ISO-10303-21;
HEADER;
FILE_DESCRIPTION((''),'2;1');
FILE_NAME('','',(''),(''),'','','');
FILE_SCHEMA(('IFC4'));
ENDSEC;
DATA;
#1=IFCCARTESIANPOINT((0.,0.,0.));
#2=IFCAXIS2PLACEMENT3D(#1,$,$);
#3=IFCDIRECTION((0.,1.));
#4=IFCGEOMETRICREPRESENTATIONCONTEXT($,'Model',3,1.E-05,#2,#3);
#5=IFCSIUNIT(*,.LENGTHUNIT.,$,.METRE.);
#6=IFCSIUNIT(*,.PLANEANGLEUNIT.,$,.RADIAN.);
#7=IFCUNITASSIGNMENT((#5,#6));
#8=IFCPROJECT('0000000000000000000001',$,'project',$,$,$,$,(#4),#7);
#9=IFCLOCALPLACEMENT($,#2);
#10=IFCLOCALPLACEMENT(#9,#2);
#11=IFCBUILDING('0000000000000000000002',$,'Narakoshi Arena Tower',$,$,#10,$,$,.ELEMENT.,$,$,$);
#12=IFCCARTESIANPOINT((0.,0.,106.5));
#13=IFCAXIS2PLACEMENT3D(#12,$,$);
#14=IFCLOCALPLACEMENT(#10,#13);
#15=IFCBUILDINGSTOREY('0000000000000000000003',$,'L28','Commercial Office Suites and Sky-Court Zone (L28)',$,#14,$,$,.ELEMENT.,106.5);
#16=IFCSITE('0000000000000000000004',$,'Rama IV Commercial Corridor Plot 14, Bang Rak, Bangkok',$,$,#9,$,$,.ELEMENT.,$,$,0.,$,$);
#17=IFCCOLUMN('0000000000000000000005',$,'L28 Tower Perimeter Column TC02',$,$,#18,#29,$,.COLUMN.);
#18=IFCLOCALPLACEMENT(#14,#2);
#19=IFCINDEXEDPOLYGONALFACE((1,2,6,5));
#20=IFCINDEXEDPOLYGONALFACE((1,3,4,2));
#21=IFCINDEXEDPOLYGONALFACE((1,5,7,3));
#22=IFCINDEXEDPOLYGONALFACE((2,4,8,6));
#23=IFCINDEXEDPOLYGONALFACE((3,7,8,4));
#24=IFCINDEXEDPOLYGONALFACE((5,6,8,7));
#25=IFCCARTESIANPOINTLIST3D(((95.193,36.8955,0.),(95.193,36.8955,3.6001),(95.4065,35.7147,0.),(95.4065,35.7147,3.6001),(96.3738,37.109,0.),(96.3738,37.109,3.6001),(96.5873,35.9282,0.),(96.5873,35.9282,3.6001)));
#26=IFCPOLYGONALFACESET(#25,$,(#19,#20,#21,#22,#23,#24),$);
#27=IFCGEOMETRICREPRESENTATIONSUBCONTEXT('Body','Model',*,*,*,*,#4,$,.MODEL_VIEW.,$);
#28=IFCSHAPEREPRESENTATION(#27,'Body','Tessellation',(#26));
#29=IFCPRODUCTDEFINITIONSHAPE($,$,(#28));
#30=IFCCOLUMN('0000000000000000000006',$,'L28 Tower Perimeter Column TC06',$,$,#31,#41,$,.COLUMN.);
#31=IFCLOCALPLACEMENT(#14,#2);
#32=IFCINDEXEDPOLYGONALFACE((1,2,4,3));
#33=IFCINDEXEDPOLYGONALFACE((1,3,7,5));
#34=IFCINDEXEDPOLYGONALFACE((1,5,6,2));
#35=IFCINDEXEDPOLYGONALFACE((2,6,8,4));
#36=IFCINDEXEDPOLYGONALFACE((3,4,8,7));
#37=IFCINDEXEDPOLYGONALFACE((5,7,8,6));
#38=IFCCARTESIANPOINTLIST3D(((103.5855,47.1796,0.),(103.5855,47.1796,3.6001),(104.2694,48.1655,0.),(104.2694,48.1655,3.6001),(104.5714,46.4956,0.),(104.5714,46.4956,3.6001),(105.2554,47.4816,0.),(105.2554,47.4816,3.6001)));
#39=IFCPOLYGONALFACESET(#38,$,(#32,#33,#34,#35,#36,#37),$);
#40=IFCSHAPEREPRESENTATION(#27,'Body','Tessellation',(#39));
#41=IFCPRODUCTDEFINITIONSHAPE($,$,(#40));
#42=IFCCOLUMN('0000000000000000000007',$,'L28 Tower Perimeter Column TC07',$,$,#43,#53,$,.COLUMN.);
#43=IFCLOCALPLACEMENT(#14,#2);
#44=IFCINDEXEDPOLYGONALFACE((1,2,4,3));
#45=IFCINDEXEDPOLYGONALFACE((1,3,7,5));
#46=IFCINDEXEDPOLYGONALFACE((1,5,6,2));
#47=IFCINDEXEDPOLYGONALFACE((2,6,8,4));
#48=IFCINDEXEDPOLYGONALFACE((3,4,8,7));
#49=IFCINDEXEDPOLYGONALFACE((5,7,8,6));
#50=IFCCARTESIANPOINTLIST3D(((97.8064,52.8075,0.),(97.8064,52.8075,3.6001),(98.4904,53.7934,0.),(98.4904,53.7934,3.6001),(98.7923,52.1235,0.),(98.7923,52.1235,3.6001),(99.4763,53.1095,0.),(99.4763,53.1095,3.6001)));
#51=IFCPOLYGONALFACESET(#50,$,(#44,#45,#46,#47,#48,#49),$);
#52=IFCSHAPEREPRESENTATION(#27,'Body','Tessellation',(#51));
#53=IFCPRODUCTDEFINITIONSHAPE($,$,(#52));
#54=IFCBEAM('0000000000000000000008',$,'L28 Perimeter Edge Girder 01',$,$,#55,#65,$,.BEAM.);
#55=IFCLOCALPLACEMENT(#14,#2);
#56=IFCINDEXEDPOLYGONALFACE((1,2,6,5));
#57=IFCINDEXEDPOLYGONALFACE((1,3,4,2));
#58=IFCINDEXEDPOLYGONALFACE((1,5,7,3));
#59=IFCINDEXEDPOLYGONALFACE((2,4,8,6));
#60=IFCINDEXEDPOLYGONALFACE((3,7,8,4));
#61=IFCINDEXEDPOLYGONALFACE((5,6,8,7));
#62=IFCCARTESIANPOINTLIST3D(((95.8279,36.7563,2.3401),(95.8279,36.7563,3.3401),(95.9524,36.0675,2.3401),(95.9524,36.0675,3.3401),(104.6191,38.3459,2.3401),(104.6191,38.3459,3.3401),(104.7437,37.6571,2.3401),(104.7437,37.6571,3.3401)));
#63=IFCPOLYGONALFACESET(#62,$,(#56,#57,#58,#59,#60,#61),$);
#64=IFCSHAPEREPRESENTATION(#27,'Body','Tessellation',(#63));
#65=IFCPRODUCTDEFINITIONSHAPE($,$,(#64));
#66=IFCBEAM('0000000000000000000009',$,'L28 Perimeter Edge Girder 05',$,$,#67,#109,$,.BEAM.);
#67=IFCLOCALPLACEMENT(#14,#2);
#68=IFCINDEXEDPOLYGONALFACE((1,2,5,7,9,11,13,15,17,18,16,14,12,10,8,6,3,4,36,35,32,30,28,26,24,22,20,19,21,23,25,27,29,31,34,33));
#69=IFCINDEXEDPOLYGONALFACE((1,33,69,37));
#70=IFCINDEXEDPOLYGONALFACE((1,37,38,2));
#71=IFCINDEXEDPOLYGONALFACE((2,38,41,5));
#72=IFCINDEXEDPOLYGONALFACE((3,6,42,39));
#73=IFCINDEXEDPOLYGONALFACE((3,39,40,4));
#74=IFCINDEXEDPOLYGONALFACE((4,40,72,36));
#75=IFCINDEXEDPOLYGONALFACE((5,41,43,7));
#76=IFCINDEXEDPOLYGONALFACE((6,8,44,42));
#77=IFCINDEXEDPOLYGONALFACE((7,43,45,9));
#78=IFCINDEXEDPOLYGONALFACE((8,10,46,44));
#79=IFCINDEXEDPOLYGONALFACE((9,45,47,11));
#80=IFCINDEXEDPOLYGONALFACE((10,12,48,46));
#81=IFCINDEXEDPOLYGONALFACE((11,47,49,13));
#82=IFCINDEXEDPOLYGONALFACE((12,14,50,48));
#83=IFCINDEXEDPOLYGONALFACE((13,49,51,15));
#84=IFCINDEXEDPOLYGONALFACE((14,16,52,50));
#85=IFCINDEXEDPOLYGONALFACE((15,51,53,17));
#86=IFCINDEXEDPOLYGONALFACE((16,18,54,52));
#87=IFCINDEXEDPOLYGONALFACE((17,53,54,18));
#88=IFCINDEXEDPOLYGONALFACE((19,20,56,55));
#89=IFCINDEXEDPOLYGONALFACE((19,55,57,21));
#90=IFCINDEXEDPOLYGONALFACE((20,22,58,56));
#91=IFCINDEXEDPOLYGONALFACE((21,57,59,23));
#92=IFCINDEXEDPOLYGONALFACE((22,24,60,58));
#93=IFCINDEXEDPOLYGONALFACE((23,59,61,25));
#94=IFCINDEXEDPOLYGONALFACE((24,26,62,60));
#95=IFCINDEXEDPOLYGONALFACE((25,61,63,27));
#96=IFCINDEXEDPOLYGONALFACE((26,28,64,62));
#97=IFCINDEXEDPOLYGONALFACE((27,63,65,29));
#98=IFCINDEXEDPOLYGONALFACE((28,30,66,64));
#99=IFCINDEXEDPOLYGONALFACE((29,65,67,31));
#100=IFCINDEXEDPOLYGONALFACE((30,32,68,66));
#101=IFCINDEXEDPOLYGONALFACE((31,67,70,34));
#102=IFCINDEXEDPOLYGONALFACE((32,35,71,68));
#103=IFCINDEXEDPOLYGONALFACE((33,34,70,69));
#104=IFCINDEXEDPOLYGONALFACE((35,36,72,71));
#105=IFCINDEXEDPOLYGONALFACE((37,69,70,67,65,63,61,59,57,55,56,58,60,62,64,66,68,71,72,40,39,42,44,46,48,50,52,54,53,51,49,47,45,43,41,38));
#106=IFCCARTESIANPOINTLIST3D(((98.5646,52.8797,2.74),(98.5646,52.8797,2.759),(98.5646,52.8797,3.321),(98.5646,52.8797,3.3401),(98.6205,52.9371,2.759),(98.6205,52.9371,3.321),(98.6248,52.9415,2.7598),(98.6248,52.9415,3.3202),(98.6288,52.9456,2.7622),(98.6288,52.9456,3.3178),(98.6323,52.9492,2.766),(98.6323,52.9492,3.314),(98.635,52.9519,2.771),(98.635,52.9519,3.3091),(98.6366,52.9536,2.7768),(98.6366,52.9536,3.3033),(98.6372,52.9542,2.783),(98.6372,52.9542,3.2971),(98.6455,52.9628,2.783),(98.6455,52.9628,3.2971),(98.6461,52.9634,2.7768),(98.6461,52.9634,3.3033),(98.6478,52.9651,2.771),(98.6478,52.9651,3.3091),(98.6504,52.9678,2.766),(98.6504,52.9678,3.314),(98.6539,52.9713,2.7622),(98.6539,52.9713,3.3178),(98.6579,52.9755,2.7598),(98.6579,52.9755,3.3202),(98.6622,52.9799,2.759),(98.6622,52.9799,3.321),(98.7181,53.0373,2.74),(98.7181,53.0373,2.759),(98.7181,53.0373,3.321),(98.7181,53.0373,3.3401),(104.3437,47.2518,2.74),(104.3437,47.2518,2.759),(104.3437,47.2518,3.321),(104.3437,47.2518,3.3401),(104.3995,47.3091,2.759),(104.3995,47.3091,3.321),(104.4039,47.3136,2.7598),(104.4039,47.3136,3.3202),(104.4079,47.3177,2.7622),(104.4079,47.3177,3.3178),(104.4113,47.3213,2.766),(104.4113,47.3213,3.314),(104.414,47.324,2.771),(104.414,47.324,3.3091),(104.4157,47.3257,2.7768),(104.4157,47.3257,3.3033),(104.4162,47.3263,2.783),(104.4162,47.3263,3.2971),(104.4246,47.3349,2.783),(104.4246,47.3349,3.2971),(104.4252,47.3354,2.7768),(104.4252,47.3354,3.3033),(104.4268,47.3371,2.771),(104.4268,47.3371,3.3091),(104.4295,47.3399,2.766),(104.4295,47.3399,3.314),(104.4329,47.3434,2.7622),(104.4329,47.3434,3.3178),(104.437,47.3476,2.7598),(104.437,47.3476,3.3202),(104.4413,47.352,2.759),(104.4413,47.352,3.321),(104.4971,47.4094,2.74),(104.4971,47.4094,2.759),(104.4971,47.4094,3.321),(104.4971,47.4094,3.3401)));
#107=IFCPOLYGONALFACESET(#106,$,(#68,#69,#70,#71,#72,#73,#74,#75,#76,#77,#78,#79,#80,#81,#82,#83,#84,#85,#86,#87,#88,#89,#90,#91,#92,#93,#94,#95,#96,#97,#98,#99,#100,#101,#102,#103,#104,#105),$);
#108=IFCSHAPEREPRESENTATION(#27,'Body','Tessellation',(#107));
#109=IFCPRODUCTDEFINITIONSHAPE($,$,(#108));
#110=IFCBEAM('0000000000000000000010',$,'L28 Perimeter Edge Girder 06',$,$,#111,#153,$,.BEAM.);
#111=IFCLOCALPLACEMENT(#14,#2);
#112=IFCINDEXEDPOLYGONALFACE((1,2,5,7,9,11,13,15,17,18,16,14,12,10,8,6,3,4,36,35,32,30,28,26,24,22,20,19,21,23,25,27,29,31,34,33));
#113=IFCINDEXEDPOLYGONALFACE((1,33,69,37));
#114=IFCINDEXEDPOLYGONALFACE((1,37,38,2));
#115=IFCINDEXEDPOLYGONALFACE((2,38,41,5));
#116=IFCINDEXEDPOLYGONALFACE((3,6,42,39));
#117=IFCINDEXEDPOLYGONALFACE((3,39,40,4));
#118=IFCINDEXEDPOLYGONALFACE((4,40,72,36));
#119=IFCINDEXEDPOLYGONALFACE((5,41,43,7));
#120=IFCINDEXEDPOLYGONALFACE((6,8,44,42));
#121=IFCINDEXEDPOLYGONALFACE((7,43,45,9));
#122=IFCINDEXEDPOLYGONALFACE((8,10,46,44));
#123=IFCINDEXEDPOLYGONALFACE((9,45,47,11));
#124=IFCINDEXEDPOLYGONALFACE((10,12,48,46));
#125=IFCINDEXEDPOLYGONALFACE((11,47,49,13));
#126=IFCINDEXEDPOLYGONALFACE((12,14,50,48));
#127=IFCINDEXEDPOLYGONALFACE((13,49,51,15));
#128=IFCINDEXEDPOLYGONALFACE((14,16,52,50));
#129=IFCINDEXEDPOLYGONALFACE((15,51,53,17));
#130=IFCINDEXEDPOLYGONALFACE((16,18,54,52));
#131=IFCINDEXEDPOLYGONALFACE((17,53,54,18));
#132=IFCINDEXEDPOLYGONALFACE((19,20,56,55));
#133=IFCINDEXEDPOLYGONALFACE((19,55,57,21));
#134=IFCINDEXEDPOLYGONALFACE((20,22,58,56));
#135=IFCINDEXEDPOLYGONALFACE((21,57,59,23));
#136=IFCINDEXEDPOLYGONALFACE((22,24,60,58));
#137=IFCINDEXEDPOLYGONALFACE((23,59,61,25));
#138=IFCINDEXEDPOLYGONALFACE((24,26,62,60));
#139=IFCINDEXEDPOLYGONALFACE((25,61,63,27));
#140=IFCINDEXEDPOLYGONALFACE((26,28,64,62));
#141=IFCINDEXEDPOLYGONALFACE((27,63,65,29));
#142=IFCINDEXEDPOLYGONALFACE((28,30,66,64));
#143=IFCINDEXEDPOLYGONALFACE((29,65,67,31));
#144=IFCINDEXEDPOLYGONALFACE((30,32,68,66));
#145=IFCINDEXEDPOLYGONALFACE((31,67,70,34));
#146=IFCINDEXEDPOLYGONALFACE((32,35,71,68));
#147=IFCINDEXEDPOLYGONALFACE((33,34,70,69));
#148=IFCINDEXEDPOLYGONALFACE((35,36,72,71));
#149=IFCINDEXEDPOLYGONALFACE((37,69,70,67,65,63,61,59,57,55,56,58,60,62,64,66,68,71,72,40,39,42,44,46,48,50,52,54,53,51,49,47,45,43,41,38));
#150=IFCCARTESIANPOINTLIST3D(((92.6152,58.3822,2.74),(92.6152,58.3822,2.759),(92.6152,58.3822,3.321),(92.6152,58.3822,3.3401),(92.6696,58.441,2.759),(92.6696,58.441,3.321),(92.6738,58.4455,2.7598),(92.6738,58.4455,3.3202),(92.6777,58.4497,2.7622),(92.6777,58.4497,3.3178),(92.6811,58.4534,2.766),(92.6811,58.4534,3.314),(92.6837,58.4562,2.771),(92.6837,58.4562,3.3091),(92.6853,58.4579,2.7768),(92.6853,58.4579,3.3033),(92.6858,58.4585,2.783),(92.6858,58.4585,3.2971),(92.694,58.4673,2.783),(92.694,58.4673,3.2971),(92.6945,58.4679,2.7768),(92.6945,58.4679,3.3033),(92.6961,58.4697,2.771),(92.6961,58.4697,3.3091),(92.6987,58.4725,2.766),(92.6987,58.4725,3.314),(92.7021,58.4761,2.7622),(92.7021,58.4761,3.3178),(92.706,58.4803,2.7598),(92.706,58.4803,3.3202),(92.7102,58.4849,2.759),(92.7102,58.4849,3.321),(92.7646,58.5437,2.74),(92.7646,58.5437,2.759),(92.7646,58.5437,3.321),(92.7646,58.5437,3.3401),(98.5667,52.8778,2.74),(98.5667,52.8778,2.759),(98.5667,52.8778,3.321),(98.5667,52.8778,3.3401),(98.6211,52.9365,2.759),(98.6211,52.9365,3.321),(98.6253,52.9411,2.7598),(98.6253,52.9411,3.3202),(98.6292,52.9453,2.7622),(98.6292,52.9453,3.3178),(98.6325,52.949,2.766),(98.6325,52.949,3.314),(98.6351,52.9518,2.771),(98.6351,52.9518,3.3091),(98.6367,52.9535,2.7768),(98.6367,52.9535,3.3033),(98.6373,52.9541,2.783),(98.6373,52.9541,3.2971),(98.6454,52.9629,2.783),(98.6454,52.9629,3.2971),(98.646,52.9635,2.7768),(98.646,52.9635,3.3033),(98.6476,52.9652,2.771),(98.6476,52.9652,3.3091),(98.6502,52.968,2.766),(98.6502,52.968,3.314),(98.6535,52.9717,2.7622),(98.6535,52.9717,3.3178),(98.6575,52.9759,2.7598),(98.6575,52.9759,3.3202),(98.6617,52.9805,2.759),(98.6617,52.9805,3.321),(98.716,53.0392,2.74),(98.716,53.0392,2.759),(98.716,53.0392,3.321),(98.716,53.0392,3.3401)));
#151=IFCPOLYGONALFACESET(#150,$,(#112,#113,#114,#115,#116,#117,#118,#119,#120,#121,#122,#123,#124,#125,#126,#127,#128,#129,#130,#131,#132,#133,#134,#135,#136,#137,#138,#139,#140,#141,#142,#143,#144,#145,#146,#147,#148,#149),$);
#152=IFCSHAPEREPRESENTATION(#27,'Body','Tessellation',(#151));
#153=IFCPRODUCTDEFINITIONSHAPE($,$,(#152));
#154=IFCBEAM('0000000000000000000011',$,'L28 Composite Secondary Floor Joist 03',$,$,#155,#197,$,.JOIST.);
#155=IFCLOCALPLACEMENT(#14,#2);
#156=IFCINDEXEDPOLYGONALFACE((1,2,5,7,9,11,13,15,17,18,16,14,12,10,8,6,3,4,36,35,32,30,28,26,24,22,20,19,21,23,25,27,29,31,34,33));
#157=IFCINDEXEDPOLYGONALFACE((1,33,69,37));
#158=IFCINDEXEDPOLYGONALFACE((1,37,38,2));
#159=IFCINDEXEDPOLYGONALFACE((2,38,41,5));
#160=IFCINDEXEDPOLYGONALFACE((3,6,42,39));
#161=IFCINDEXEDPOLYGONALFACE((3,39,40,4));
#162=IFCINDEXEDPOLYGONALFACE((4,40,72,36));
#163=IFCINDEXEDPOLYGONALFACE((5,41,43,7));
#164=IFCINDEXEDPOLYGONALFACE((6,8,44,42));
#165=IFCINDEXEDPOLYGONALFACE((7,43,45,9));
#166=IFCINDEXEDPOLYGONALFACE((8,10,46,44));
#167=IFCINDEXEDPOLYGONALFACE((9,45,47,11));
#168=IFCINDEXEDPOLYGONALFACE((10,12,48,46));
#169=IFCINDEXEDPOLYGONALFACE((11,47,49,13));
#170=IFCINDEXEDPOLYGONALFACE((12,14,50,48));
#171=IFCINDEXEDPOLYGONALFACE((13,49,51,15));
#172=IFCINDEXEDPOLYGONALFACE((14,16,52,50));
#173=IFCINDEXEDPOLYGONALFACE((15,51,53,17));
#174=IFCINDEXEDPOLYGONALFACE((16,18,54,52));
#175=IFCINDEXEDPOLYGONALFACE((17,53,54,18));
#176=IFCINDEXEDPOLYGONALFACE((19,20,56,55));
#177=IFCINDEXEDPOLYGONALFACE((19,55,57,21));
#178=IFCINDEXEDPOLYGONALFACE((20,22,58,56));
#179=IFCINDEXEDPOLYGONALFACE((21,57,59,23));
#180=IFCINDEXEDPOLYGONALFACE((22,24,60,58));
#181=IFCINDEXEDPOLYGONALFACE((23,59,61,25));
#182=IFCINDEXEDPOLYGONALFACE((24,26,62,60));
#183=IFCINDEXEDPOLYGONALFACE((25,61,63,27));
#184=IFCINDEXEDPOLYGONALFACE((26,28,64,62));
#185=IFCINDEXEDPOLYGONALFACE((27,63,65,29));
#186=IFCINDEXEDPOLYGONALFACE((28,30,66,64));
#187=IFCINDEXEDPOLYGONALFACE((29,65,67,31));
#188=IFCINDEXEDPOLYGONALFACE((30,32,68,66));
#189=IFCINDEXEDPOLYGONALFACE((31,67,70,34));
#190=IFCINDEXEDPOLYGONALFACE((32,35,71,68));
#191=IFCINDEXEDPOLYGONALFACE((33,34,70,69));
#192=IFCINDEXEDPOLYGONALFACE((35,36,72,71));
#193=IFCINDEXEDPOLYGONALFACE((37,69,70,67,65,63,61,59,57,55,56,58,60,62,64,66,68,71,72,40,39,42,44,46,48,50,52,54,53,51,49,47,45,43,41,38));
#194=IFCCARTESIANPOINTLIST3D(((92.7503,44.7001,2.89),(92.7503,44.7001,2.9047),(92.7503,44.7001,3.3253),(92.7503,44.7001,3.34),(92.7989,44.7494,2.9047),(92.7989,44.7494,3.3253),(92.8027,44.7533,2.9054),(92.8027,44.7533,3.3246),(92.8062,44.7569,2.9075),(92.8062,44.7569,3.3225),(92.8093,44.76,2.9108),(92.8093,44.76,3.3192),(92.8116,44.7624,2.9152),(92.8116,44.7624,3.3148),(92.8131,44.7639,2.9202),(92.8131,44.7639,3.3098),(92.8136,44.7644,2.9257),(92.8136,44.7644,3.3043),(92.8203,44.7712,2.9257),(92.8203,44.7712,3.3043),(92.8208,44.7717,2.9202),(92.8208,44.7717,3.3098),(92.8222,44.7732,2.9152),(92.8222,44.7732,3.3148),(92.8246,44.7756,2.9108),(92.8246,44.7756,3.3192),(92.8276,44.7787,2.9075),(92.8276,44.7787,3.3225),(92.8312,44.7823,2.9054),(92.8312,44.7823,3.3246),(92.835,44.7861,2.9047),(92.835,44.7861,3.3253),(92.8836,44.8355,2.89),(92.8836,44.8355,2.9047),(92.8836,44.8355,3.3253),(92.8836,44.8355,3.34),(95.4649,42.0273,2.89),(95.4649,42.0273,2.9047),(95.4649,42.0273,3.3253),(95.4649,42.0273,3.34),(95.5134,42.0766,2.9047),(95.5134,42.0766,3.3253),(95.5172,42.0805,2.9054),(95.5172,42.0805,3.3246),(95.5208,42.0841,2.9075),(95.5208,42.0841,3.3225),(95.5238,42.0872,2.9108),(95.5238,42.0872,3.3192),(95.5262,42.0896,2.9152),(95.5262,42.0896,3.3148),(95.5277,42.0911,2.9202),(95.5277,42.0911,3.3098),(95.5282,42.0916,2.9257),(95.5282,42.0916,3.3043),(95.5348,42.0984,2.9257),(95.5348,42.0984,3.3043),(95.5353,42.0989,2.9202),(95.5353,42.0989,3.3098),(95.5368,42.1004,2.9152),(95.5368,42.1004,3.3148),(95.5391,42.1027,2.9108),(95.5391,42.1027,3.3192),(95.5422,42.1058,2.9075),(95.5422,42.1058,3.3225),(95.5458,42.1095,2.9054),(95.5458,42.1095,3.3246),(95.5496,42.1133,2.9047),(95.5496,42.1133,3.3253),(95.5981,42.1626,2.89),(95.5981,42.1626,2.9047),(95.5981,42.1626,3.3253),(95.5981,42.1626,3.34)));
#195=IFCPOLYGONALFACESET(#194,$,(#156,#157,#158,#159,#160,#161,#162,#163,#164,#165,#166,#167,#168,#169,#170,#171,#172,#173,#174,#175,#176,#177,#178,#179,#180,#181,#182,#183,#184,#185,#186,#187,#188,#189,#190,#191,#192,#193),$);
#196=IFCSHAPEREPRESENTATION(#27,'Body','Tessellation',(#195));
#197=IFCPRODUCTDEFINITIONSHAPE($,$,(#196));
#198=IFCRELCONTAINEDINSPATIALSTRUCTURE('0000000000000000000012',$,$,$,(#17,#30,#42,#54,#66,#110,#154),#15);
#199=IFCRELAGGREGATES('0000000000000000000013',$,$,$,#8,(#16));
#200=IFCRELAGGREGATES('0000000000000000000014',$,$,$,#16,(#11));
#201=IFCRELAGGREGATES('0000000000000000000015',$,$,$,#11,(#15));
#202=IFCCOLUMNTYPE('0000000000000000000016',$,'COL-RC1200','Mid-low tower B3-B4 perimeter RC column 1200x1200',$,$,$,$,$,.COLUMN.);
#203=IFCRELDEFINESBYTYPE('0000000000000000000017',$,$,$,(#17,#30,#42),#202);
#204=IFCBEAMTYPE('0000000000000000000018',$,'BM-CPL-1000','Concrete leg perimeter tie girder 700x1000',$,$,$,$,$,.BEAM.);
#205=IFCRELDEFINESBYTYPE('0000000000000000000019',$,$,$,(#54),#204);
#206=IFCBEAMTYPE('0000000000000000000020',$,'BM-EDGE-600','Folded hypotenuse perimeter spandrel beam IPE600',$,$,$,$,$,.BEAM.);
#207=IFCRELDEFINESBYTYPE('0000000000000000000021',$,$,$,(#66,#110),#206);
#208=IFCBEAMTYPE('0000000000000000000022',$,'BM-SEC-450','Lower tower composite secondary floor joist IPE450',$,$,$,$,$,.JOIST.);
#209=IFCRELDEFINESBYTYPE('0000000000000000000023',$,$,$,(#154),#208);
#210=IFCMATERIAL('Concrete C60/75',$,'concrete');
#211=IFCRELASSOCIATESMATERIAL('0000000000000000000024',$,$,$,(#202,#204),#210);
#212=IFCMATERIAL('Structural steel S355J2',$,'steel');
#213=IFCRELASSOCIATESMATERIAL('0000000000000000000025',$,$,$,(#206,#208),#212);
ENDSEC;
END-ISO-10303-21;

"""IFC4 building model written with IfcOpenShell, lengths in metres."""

from ifc_helpers import new_model, si_unit, direction, frame, origin, origin_2d, place, context, subcontext, project, spatial, rectangle, i_section, extrude, material, material_profile, profile_set, type_object, element, save


model = new_model("IFC4")

# Units and contexts
model_context = context("Model", 3, precision=1e-05, world=origin(), true_north=direction((0.0, 1.0)))
body_context = subcontext(model_context, "Body", "Model", "MODEL_VIEW")
ifc_project = project(units=[si_unit("LENGTHUNIT", "METRE"), si_unit("PLANEANGLEUNIT", "RADIAN")], contexts=[model_context])

# Site, building, storey
site_placement = place(None, origin())
site = spatial("IfcSite", under=ifc_project, at=site_placement, Name="Rama IV Commercial Corridor Plot 14, Bang Rak, Bangkok", CompositionType="ELEMENT", RefElevation=0.0)
building_placement = place(site_placement, origin())
building = spatial("IfcBuilding", under=site, at=building_placement, Name="Narakoshi Arena Tower", CompositionType="ELEMENT")
storey_placement = place(building_placement, frame((0.0, 0.0, 106.5)))
storey = spatial("IfcBuildingStorey", under=building, at=storey_placement, Name="L28", Description="Commercial Office Suites and Sky-Court Zone (L28)", CompositionType="ELEMENT", Elevation=106.5)

# Columns
ifc_material_1 = material(Name="Concrete C60/75", Category="concrete")
ifc_material_profile_1 = material_profile(ifc_material_1, rectangle(XDim=1.2, YDim=1.2, at=origin_2d()), Name="RC1200x1200")
ifc_profile_set_1 = profile_set([ifc_material_profile_1], Name="Concrete C60/75")
column_type = type_object("IfcColumnType", Name="COL-RC1200", Description="Mid-low tower B3-B4 perimeter RC column 1200x1200", PredefinedType="COLUMN", material=ifc_profile_set_1)
for number, where, z_axis, x_axis, name in (
    (1, (95.8901, 36.4119, 0.0), (0.0, 0.0, 1.0), (0.984041, 0.177944, 0.0), "L28 Tower Perimeter Column TC02"),
    (2, (104.4204, 47.3306, 0.0), (0.0, 0.0, 1.0), (0.569997, 0.821647, 0.0), "L28 Tower Perimeter Column TC06"),
    (3, (98.6414, 52.9585, 0.0), (0.0, 0.0, 1.0), (0.569997, 0.821647, 0.0), "L28 Tower Perimeter Column TC07"),
):
    element("IfcColumn", number, at=place(storey_placement, frame(where, z_axis=z_axis, x_axis=x_axis)), inside=storey, type_object=column_type, Name=name, PredefinedType="COLUMN", context=body_context, shape_type="SweptSolid", body=[
        extrude(rectangle(XDim=1.2, YDim=1.2, at=origin_2d()), origin(), (0.0, 0.0, 1.0), 3.6001),
    ])

# Beams
ifc_material_profile_2 = material_profile(ifc_material_1, rectangle(XDim=0.7, YDim=1.0, at=origin_2d()), Name="RCB700x1000")
ifc_profile_set_2 = profile_set([ifc_material_profile_2], Name="Concrete C60/75")
beam_type_1 = type_object("IfcBeamType", Name="BM-CPL-1000", Description="Concrete leg perimeter tie girder 700x1000", PredefinedType="BEAM", material=ifc_profile_set_2)
beam_1_placement = place(storey_placement, frame((95.8901, 36.4119, 2.8401), z_axis=(0.984043, 0.177931, 0.0), x_axis=(-0.177931, 0.984043, 0.0)))
element("IfcBeam", 4, at=beam_1_placement, inside=storey, type_object=beam_type_1, Name="L28 Perimeter Edge Girder 01", PredefinedType="BEAM", context=body_context, shape_type="SweptSolid", body=[
    extrude(rectangle(XDim=0.7, YDim=1.0, at=origin_2d()), origin(), (0.0, 0.0, 1.0), 8.9338),
])
ifc_material_2 = material(Name="Structural steel S355J2", Category="steel")
ifc_material_profile_3 = material_profile(ifc_material_2, i_section(OverallWidth=0.22, OverallDepth=0.6001, WebThickness=0.012, FlangeThickness=0.019, FilletRadius=0.0239, at=origin_2d()), Name="IPE600")
ifc_profile_set_3 = profile_set([ifc_material_profile_3], Name="Structural steel S355J2")
beam_type_2 = type_object("IfcBeamType", Name="BM-EDGE-600", Description="Folded hypotenuse perimeter spandrel beam IPE600", PredefinedType="BEAM", material=ifc_profile_set_3)
beam_2_placement = place(storey_placement, frame((104.4204, 47.3306, 3.04), z_axis=(-0.716412, 0.697678, 0.0), x_axis=(-0.697678, -0.716412, 0.0)))
element("IfcBeam", 5, at=beam_2_placement, inside=storey, type_object=beam_type_2, Name="L28 Perimeter Edge Girder 05", PredefinedType="BEAM", context=body_context, shape_type="SweptSolid", body=[
    extrude(i_section(OverallWidth=0.22, OverallDepth=0.6001, WebThickness=0.012, FlangeThickness=0.019, FilletRadius=0.0239, at=origin_2d()), origin(), (0.0, 0.0, 1.0), 8.0667),
])
beam_3_placement = place(storey_placement, frame((98.6414, 52.9585, 3.04), z_axis=(-0.73414, 0.678998, 0.0), x_axis=(-0.678998, -0.73414, 0.0)))
element("IfcBeam", 6, at=beam_3_placement, inside=storey, type_object=beam_type_2, Name="L28 Perimeter Edge Girder 06", PredefinedType="BEAM", context=body_context, shape_type="SweptSolid", body=[
    extrude(i_section(OverallWidth=0.22, OverallDepth=0.6001, WebThickness=0.012, FlangeThickness=0.019, FilletRadius=0.0239, at=origin_2d()), origin(), (0.0, 0.0, 1.0), 8.1067),
])
ifc_material_profile_4 = material_profile(ifc_material_2, i_section(OverallWidth=0.1899, OverallDepth=0.45, WebThickness=0.0095, FlangeThickness=0.0146, FilletRadius=0.021, at=origin_2d()), Name="IPE450")
ifc_profile_set_4 = profile_set([ifc_material_profile_4], Name="Structural steel S355J2")
beam_type_3 = type_object("IfcBeamType", Name="BM-SEC-450", Description="Lower tower composite secondary floor joist IPE450", PredefinedType="JOIST", material=ifc_profile_set_4)
beam_4_placement = place(storey_placement, frame((95.5315, 42.095, 3.115), z_axis=(-0.712565, 0.701606, 0.0), x_axis=(-0.701606, -0.712565, 0.0)))
element("IfcBeam", 7, at=beam_4_placement, inside=storey, type_object=beam_type_3, Name="L28 Composite Secondary Floor Joist 03", PredefinedType="JOIST", context=body_context, shape_type="SweptSolid", body=[
    extrude(i_section(OverallWidth=0.1899, OverallDepth=0.45, WebThickness=0.0095, FlangeThickness=0.0146, FilletRadius=0.021, at=origin_2d()), origin(), (0.0, 0.0, 1.0), 3.8096),
])

save(model, "model.ifc")
